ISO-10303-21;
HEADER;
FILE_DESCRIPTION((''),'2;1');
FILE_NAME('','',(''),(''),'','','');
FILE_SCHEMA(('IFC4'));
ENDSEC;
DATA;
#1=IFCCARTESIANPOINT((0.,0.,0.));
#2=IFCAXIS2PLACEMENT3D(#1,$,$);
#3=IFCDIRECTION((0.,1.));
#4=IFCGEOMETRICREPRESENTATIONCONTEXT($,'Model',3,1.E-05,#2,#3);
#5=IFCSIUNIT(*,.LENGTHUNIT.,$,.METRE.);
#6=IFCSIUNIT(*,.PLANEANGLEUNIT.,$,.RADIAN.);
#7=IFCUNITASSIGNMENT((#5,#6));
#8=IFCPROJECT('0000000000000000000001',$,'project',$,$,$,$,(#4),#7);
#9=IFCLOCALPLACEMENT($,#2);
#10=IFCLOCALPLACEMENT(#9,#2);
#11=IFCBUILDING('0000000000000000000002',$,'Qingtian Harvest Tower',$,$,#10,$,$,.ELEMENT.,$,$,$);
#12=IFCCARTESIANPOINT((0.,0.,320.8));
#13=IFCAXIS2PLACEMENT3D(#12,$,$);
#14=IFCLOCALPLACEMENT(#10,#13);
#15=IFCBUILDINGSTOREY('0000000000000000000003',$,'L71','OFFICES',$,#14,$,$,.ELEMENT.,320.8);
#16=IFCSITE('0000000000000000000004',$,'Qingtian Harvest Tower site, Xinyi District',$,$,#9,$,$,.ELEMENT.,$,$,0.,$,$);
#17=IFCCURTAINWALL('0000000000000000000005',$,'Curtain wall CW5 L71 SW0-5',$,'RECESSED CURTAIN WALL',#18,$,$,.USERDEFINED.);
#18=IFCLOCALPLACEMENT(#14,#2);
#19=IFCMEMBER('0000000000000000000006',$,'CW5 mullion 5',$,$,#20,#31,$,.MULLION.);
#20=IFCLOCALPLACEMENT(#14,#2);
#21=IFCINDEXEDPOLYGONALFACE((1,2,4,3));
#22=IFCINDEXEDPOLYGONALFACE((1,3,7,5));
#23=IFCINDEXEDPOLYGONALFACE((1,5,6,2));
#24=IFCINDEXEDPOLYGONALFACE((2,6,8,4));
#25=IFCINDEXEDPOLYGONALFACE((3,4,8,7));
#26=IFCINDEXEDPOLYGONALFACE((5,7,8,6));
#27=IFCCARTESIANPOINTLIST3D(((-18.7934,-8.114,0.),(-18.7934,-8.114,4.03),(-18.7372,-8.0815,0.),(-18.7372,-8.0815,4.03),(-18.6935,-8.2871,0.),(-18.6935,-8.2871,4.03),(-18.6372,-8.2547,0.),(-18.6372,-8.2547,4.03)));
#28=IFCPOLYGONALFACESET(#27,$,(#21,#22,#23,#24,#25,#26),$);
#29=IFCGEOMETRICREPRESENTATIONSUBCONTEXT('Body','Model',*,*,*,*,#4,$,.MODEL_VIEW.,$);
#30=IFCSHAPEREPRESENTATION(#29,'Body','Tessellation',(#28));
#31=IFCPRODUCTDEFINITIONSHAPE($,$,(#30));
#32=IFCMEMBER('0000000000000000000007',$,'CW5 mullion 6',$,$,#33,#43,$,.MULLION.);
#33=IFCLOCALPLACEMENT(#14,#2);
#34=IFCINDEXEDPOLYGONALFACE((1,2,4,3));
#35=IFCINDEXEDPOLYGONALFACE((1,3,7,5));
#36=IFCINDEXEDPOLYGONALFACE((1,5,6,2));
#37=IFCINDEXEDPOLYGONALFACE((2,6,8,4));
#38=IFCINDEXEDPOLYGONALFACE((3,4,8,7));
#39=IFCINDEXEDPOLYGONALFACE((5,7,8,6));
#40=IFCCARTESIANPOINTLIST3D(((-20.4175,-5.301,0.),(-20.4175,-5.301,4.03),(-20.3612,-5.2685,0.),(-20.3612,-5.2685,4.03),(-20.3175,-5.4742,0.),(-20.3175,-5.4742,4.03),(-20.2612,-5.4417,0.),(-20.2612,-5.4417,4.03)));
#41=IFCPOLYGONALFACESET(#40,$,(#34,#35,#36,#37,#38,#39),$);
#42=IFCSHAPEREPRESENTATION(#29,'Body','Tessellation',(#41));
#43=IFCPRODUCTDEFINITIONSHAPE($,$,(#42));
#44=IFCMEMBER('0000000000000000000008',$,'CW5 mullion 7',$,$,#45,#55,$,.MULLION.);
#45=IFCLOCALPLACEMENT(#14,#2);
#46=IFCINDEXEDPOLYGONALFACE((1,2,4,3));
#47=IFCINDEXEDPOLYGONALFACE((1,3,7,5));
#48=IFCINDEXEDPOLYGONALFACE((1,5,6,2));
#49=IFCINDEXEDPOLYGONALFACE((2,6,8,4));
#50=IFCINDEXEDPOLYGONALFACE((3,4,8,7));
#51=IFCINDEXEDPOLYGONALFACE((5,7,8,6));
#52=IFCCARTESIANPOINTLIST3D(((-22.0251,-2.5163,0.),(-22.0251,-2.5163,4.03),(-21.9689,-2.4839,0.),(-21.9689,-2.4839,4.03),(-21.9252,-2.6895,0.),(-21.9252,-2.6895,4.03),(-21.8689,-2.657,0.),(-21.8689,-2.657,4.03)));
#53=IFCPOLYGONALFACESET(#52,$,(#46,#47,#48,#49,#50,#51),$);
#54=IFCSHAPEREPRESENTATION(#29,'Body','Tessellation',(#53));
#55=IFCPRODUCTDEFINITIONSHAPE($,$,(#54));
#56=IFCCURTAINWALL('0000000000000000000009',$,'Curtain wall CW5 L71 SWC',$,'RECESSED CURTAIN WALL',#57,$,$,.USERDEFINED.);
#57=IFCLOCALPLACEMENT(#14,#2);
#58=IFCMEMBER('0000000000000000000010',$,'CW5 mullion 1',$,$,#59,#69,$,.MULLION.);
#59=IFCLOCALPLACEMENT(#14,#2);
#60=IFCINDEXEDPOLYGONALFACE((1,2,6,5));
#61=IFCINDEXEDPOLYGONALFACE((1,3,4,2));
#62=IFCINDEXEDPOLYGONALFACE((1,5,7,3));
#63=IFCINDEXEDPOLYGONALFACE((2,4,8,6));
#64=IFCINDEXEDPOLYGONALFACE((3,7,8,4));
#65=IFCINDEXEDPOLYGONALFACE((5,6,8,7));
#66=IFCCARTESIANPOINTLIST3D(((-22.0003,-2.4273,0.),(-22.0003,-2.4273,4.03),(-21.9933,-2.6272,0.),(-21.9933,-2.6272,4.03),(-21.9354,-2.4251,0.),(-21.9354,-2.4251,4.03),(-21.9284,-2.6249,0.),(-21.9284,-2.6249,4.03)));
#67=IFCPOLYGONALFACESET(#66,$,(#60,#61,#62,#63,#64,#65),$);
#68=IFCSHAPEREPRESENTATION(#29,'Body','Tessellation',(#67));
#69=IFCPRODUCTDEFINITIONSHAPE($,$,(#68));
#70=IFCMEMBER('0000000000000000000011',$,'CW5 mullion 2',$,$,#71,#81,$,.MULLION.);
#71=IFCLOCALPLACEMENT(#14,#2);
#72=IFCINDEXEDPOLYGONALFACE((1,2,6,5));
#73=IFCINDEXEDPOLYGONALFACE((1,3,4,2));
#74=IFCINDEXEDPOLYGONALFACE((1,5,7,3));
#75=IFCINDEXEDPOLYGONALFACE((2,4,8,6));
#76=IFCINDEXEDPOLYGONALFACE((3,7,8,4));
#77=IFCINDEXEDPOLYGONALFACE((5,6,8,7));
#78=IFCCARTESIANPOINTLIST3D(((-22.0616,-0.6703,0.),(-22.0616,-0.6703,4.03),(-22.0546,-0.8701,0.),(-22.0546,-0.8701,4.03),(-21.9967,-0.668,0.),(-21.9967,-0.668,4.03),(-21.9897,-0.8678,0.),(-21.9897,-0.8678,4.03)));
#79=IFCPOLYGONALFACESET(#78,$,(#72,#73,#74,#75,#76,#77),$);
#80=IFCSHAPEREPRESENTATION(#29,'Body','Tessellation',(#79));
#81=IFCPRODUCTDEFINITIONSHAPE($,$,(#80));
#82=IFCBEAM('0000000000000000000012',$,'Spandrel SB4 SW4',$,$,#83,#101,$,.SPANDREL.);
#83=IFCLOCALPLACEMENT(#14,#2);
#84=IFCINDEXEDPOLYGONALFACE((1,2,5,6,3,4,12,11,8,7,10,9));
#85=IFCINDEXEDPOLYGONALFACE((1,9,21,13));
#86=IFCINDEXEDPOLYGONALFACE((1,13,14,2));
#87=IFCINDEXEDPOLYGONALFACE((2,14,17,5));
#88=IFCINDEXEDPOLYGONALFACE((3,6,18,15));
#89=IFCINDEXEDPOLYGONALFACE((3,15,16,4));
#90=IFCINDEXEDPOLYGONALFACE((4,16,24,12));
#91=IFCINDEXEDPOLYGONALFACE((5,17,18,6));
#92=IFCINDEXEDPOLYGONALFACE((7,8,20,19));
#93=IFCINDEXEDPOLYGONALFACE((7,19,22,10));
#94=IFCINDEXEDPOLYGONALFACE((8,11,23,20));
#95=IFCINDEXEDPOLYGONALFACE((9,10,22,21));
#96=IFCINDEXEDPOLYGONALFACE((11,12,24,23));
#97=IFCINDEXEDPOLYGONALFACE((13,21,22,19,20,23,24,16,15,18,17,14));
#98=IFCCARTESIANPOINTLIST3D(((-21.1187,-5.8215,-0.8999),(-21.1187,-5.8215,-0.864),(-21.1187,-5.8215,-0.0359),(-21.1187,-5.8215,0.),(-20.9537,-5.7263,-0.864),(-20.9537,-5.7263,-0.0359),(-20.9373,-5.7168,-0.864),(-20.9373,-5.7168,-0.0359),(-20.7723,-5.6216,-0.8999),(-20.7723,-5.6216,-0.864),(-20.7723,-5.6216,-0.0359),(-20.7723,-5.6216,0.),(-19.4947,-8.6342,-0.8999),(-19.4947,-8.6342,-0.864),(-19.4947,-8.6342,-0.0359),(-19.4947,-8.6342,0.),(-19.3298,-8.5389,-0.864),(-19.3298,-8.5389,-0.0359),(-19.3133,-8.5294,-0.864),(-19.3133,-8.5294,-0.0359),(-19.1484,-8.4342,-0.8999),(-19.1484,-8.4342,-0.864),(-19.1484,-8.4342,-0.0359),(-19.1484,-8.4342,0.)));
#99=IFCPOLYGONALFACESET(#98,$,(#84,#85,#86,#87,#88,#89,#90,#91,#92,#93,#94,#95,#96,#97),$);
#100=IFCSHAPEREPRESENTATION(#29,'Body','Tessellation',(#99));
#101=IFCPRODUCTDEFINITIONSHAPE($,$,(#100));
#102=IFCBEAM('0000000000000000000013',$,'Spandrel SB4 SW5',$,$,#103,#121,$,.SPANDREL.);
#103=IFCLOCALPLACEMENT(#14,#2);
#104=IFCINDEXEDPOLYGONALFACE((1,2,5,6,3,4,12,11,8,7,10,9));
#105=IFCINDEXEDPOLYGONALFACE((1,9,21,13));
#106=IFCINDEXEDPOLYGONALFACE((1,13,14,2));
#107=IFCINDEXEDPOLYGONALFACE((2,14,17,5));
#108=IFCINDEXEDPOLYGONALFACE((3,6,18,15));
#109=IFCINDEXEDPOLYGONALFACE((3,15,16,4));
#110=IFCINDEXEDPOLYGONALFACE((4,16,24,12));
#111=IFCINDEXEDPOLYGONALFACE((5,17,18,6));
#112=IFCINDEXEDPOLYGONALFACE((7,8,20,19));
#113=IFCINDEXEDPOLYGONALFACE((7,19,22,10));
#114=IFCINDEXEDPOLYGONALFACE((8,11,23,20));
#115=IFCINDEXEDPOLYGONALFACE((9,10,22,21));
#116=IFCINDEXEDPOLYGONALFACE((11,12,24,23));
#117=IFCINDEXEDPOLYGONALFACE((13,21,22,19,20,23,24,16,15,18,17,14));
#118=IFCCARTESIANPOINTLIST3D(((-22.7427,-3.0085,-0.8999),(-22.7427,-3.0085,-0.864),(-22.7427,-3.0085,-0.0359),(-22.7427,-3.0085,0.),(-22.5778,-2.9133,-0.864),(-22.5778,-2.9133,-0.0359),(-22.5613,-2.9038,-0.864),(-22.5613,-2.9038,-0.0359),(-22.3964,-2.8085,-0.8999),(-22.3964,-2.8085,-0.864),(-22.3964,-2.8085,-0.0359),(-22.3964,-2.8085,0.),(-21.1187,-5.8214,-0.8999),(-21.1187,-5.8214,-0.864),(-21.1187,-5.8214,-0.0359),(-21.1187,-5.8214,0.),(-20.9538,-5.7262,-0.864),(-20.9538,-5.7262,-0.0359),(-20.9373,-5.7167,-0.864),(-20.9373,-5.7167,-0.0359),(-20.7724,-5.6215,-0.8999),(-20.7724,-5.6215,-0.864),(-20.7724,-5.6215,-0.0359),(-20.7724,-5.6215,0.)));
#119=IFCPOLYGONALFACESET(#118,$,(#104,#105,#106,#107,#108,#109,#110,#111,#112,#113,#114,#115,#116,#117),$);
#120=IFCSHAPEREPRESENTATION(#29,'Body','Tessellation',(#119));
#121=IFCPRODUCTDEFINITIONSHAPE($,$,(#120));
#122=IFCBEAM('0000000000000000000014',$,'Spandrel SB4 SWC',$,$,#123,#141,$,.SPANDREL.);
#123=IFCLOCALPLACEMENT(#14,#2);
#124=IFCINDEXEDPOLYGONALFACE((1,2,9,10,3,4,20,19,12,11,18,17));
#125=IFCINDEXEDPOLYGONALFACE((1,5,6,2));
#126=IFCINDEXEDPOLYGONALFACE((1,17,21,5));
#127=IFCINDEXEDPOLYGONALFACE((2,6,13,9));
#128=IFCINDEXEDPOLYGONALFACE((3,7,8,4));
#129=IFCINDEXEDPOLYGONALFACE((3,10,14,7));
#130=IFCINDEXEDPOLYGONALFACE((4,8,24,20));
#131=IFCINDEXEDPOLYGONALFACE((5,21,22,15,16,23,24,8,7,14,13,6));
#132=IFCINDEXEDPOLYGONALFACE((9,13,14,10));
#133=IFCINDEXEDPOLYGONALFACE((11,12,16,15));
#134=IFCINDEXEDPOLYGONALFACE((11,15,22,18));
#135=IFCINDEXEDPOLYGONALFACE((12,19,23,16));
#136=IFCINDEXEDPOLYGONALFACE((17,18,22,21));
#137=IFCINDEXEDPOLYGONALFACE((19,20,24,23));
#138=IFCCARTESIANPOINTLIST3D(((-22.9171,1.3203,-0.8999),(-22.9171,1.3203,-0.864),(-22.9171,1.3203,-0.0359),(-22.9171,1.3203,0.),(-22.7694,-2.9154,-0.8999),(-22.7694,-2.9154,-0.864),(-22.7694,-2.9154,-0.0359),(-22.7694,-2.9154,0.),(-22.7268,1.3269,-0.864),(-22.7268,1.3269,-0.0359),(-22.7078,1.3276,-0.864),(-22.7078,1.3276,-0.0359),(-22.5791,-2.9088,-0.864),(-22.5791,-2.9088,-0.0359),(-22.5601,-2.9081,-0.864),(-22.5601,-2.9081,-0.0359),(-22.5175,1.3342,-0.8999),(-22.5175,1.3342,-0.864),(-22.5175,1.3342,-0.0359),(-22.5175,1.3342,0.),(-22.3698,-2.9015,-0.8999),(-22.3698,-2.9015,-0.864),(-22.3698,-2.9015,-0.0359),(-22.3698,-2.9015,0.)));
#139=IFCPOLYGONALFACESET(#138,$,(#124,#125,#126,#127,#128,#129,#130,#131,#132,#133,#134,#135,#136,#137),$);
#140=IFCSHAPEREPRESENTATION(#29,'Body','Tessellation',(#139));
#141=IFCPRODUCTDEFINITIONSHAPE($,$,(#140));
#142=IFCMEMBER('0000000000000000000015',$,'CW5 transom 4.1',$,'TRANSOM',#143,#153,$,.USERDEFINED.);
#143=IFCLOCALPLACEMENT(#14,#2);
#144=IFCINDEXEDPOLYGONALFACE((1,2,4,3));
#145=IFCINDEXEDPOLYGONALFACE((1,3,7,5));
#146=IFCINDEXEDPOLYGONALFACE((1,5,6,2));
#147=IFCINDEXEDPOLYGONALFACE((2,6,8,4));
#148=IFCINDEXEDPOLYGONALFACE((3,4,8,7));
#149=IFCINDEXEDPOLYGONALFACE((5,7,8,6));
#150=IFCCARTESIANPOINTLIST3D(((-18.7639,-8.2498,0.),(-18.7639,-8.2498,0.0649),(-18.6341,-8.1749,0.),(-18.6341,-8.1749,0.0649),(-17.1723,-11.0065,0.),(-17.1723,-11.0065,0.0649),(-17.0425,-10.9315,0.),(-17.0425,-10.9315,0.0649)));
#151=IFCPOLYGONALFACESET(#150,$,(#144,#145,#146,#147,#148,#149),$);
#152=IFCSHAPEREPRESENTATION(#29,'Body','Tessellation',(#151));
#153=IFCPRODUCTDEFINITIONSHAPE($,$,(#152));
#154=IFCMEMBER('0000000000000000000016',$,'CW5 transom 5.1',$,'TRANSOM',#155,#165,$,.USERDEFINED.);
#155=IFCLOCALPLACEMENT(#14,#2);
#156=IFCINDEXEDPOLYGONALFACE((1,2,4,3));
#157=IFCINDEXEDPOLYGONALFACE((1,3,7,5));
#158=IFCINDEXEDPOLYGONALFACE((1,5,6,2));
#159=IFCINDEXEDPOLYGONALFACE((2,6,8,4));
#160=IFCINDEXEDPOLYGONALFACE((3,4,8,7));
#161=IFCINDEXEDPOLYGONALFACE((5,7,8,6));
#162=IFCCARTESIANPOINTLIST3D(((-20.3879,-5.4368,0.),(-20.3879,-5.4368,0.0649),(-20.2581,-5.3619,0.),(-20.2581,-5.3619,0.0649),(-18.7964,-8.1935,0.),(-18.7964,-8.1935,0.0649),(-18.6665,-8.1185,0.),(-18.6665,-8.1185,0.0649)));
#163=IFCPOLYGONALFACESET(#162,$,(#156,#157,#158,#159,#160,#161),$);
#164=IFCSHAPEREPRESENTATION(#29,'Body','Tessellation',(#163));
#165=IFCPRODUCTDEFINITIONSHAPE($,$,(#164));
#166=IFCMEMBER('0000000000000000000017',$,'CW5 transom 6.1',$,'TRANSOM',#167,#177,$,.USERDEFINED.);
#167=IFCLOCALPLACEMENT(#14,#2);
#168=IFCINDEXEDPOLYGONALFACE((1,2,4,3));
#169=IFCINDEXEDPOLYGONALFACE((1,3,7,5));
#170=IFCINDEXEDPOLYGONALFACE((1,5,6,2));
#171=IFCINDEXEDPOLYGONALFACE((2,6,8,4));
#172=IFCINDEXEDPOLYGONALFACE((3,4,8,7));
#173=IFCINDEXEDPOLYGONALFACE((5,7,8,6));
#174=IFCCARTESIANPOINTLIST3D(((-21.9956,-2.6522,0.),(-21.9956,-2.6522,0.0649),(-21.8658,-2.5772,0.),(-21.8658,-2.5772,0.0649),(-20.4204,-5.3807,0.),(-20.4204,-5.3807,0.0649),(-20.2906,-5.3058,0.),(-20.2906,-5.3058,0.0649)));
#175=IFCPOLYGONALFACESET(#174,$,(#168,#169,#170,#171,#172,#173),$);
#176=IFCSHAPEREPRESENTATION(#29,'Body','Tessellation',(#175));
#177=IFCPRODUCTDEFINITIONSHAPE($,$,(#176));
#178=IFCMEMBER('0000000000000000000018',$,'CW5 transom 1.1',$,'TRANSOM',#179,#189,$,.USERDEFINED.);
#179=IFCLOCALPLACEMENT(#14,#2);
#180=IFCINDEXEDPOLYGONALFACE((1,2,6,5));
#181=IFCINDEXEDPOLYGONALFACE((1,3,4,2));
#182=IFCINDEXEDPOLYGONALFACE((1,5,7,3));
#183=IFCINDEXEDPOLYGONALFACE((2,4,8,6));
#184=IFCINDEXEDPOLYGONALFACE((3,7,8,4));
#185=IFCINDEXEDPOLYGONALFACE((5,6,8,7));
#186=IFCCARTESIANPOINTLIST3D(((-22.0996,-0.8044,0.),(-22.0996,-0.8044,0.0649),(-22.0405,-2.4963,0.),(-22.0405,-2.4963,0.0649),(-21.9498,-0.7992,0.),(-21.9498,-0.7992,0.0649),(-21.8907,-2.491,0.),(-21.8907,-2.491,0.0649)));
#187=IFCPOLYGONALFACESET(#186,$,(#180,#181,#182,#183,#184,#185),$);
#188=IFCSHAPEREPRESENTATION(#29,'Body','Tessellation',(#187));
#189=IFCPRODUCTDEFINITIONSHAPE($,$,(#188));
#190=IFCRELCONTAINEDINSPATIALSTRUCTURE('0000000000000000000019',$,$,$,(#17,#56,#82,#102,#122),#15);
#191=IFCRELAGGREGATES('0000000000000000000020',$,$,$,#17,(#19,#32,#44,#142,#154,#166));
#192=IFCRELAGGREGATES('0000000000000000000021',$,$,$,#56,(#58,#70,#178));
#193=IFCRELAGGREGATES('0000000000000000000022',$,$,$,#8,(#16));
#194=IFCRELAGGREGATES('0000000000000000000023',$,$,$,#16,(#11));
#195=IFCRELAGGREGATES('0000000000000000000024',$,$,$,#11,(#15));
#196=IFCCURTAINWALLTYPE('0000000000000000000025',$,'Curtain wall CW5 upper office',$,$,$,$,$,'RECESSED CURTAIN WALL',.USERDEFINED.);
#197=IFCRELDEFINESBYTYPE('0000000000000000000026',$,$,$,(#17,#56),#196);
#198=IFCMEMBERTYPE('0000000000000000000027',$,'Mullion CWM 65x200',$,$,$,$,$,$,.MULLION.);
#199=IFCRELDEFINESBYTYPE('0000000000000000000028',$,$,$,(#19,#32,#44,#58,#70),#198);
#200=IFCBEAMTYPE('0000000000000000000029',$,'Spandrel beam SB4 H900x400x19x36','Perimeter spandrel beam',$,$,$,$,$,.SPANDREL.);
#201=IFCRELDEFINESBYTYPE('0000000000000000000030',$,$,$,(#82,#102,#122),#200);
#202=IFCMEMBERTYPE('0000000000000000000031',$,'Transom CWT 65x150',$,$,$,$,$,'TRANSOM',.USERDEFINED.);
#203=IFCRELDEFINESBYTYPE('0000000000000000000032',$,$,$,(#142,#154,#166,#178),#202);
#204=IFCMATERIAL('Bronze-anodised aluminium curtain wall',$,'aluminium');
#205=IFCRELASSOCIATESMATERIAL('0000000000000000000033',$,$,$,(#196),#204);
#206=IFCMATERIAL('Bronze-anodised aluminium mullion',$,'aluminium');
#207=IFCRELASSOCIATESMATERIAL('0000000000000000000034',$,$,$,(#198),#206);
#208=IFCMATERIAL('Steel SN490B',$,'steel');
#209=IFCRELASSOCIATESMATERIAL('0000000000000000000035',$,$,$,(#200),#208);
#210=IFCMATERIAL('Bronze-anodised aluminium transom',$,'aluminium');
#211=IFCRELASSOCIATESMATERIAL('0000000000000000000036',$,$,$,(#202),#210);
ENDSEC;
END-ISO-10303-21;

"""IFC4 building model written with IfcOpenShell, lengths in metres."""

from ifc_helpers import new_model, si_unit, direction, frame, origin, origin_2d, place, context, subcontext, project, spatial, rectangle, i_section, extrude, material, material_profile, profile_set, type_object, element, aggregate, save


model = new_model("IFC4")

# Units and contexts
model_context = context("Model", 3, precision=1e-05, world=origin(), true_north=direction((0.0, 1.0)))
body_context = subcontext(model_context, "Body", "Model", "MODEL_VIEW")
ifc_project = project(units=[si_unit("LENGTHUNIT", "METRE"), si_unit("PLANEANGLEUNIT", "RADIAN")], contexts=[model_context])

# Site, building, storey
site_placement = place(None, origin())
site = spatial("IfcSite", under=ifc_project, at=site_placement, Name="Qingtian Harvest Tower site, Xinyi District", CompositionType="ELEMENT", RefElevation=0.0)
building_placement = place(site_placement, origin())
building = spatial("IfcBuilding", under=site, at=building_placement, Name="Qingtian Harvest Tower", CompositionType="ELEMENT")
storey_placement = place(building_placement, frame((0.0, 0.0, 320.8)))
storey = spatial("IfcBuildingStorey", under=building, at=storey_placement, Name="L71", Description="OFFICES", CompositionType="ELEMENT", Elevation=320.8)

# Curtain walls, members
ifc_material_1 = material(Name="Bronze-anodised aluminium curtain wall", Category="aluminium")
curtain_wall_type = type_object("IfcCurtainWallType", Name="Curtain wall CW5 upper office", ElementType="RECESSED CURTAIN WALL", PredefinedType="USERDEFINED", material=ifc_material_1)
curtain_wall_1_placement = place(storey_placement, origin())
curtain_wall_1 = element("IfcCurtainWall", 1, at=curtain_wall_1_placement, inside=storey, type_object=curtain_wall_type, Name="Curtain wall CW5 L71 SW0-5", ObjectType="RECESSED CURTAIN WALL", PredefinedType="USERDEFINED")
ifc_material_2 = material(Name="Bronze-anodised aluminium mullion", Category="aluminium")
ifc_material_profile_1 = material_profile(ifc_material_2, rectangle(XDim=0.0649, YDim=0.2, at=origin_2d()), Name="AL 65x200")
ifc_profile_set_1 = profile_set([ifc_material_profile_1], Name="Bronze-anodised aluminium mullion")
member_type_1 = type_object("IfcMemberType", Name="Mullion CWM 65x200", PredefinedType="MULLION", material=ifc_profile_set_1)
member_1_placement = place(storey_placement, frame((-18.7153, -8.1843, 0.0), z_axis=(0.0, 0.0, 1.0), x_axis=(-0.866025, -0.5, 0.0)))
member_1 = element("IfcMember", 2, at=member_1_placement, type_object=member_type_1, Name="CW5 mullion 5", PredefinedType="MULLION", context=body_context, shape_type="SweptSolid", body=[
    extrude(rectangle(XDim=0.0649, YDim=0.2, at=origin_2d()), origin(), (0.0, 0.0, 1.0), 4.03),
])
member_2_placement = place(storey_placement, frame((-20.3394, -5.3713, 0.0), z_axis=(0.0, 0.0, 1.0), x_axis=(-0.866025, -0.5, 0.0)))
member_2 = element("IfcMember", 3, at=member_2_placement, type_object=member_type_1, Name="CW5 mullion 6", PredefinedType="MULLION", context=body_context, shape_type="SweptSolid", body=[
    extrude(rectangle(XDim=0.0649, YDim=0.2, at=origin_2d()), origin(), (0.0, 0.0, 1.0), 4.03),
])
member_3_placement = place(storey_placement, frame((-21.947, -2.5867, 0.0), z_axis=(0.0, 0.0, 1.0), x_axis=(-0.866025, -0.5, 0.0)))
member_3 = element("IfcMember", 4, at=member_3_placement, type_object=member_type_1, Name="CW5 mullion 7", PredefinedType="MULLION", context=body_context, shape_type="SweptSolid", body=[
    extrude(rectangle(XDim=0.0649, YDim=0.2, at=origin_2d()), origin(), (0.0, 0.0, 1.0), 4.03),
])
curtain_wall_2_placement = place(storey_placement, origin())
curtain_wall_2 = element("IfcCurtainWall", 5, at=curtain_wall_2_placement, inside=storey, type_object=curtain_wall_type, Name="Curtain wall CW5 L71 SWC", ObjectType="RECESSED CURTAIN WALL", PredefinedType="USERDEFINED")
member_4_placement = place(storey_placement, frame((-21.9644, -2.5261, 0.0), z_axis=(0.0, 0.0, 1.0), x_axis=(-0.999391, -0.034899, 0.0)))
member_4 = element("IfcMember", 6, at=member_4_placement, type_object=member_type_1, Name="CW5 mullion 1", PredefinedType="MULLION", context=body_context, shape_type="SweptSolid", body=[
    extrude(rectangle(XDim=0.0649, YDim=0.2, at=origin_2d()), origin(), (0.0, 0.0, 1.0), 4.03),
])
member_5_placement = place(storey_placement, frame((-22.0256, -0.769, 0.0), z_axis=(0.0, 0.0, 1.0), x_axis=(-0.999391, -0.034899, 0.0)))
member_5 = element("IfcMember", 7, at=member_5_placement, type_object=member_type_1, Name="CW5 mullion 2", PredefinedType="MULLION", context=body_context, shape_type="SweptSolid", body=[
    extrude(rectangle(XDim=0.0649, YDim=0.2, at=origin_2d()), origin(), (0.0, 0.0, 1.0), 4.03),
])

# Beams
ifc_material_3 = material(Name="Steel SN490B", Category="steel")
ifc_material_profile_2 = material_profile(ifc_material_3, i_section(OverallWidth=0.3999, OverallDepth=0.8999, WebThickness=0.019, FlangeThickness=0.0359, at=origin_2d()), Name="H900x400x19x36")
ifc_profile_set_2 = profile_set([ifc_material_profile_2], Name="Steel SN490B")
beam_type_1 = type_object("IfcBeamType", Name="Spandrel beam SB4 H900x400x19x36", Description="Perimeter spandrel beam", PredefinedType="SPANDREL", material=ifc_profile_set_2)
beam_1_placement = place(storey_placement, frame((-19.3215, -8.5342, -0.45), z_axis=(-0.50002, 0.866014, 0.0), x_axis=(-0.866014, -0.50002, 0.0)))
element("IfcBeam", 8, at=beam_1_placement, inside=storey, type_object=beam_type_1, Name="Spandrel SB4 SW4", PredefinedType="SPANDREL", context=body_context, shape_type="SweptSolid", body=[
    extrude(i_section(OverallWidth=0.3999, OverallDepth=0.8999, WebThickness=0.019, FlangeThickness=0.0359, at=origin_2d()), origin(), (0.0, 0.0, 1.0), 3.2478),
])
beam_2_placement = place(storey_placement, frame((-20.9456, -5.7214, -0.45), z_axis=(-0.499987, 0.866033, 0.0), x_axis=(-0.866033, -0.499987, 0.0)))
element("IfcBeam", 9, at=beam_2_placement, inside=storey, type_object=beam_type_1, Name="Spandrel SB4 SW5", PredefinedType="SPANDREL", context=body_context, shape_type="SweptSolid", body=[
    extrude(i_section(OverallWidth=0.3999, OverallDepth=0.8999, WebThickness=0.019, FlangeThickness=0.0359, at=origin_2d()), origin(), (0.0, 0.0, 1.0), 3.248),
])
beam_3_placement = place(storey_placement, frame((-22.5696, -2.9084, -0.45), z_axis=(-0.034851, 0.999393, 0.0), x_axis=(-0.999393, -0.034851, 0.0)))
element("IfcBeam", 10, at=beam_3_placement, inside=storey, type_object=beam_type_1, Name="Spandrel SB4 SWC", PredefinedType="SPANDREL", context=body_context, shape_type="SweptSolid", body=[
    extrude(i_section(OverallWidth=0.3999, OverallDepth=0.8999, WebThickness=0.019, FlangeThickness=0.0359, at=origin_2d()), origin(), (0.0, 0.0, 1.0), 4.2383),
])

# Members
ifc_material_4 = material(Name="Bronze-anodised aluminium transom", Category="aluminium")
ifc_material_profile_3 = material_profile(ifc_material_4, rectangle(XDim=0.1499, YDim=0.0649, at=origin_2d()), Name="AL 65x150")
ifc_profile_set_3 = profile_set([ifc_material_profile_3], Name="Bronze-anodised aluminium transom")
member_type_2 = type_object("IfcMemberType", Name="Transom CWT 65x150", ElementType="TRANSOM", PredefinedType="USERDEFINED", material=ifc_profile_set_3)
member_6_placement = place(storey_placement, frame((-17.1074, -10.969, 0.0325), z_axis=(-0.500008, 0.866021, 0.0), x_axis=(-0.866021, -0.500008, 0.0)))
member_6 = element("IfcMember", 11, at=member_6_placement, type_object=member_type_2, Name="CW5 transom 4.1", ObjectType="TRANSOM", PredefinedType="USERDEFINED", context=body_context, shape_type="SweptSolid", body=[
    extrude(rectangle(XDim=0.1499, YDim=0.0649, at=origin_2d()), origin(), (0.0, 0.0, 1.0), 3.1831),
])
member_7_placement = place(storey_placement, frame((-18.7314, -8.156, 0.0325), z_axis=(-0.500008, 0.866021, 0.0), x_axis=(-0.866021, -0.500008, 0.0)))
member_7 = element("IfcMember", 12, at=member_7_placement, type_object=member_type_2, Name="CW5 transom 5.1", ObjectType="TRANSOM", PredefinedType="USERDEFINED", context=body_context, shape_type="SweptSolid", body=[
    extrude(rectangle(XDim=0.1499, YDim=0.0649, at=origin_2d()), origin(), (0.0, 0.0, 1.0), 3.1831),
])
member_8_placement = place(storey_placement, frame((-20.3555, -5.3433, 0.0325), z_axis=(-0.499973, 0.866041, 0.0), x_axis=(-0.866041, -0.499973, 0.0)))
member_8 = element("IfcMember", 13, at=member_8_placement, type_object=member_type_2, Name="CW5 transom 6.1", ObjectType="TRANSOM", PredefinedType="USERDEFINED", context=body_context, shape_type="SweptSolid", body=[
    extrude(rectangle(XDim=0.1499, YDim=0.0649, at=origin_2d()), origin(), (0.0, 0.0, 1.0), 3.1506),
])
member_9_placement = place(storey_placement, frame((-21.9656, -2.4937, 0.0325), z_axis=(-0.034899, 0.999391, 0.0), x_axis=(-0.999391, -0.034899, 0.0)))
member_9 = element("IfcMember", 14, at=member_9_placement, type_object=member_type_2, Name="CW5 transom 1.1", ObjectType="TRANSOM", PredefinedType="USERDEFINED", context=body_context, shape_type="SweptSolid", body=[
    extrude(rectangle(XDim=0.1499, YDim=0.0649, at=origin_2d()), origin(), (0.0, 0.0, 1.0), 1.6929),
])

aggregate(curtain_wall_1, [member_1, member_2, member_3, member_6, member_7, member_8])
aggregate(curtain_wall_2, [member_4, member_5, member_9])

save(model, "model.ifc")
